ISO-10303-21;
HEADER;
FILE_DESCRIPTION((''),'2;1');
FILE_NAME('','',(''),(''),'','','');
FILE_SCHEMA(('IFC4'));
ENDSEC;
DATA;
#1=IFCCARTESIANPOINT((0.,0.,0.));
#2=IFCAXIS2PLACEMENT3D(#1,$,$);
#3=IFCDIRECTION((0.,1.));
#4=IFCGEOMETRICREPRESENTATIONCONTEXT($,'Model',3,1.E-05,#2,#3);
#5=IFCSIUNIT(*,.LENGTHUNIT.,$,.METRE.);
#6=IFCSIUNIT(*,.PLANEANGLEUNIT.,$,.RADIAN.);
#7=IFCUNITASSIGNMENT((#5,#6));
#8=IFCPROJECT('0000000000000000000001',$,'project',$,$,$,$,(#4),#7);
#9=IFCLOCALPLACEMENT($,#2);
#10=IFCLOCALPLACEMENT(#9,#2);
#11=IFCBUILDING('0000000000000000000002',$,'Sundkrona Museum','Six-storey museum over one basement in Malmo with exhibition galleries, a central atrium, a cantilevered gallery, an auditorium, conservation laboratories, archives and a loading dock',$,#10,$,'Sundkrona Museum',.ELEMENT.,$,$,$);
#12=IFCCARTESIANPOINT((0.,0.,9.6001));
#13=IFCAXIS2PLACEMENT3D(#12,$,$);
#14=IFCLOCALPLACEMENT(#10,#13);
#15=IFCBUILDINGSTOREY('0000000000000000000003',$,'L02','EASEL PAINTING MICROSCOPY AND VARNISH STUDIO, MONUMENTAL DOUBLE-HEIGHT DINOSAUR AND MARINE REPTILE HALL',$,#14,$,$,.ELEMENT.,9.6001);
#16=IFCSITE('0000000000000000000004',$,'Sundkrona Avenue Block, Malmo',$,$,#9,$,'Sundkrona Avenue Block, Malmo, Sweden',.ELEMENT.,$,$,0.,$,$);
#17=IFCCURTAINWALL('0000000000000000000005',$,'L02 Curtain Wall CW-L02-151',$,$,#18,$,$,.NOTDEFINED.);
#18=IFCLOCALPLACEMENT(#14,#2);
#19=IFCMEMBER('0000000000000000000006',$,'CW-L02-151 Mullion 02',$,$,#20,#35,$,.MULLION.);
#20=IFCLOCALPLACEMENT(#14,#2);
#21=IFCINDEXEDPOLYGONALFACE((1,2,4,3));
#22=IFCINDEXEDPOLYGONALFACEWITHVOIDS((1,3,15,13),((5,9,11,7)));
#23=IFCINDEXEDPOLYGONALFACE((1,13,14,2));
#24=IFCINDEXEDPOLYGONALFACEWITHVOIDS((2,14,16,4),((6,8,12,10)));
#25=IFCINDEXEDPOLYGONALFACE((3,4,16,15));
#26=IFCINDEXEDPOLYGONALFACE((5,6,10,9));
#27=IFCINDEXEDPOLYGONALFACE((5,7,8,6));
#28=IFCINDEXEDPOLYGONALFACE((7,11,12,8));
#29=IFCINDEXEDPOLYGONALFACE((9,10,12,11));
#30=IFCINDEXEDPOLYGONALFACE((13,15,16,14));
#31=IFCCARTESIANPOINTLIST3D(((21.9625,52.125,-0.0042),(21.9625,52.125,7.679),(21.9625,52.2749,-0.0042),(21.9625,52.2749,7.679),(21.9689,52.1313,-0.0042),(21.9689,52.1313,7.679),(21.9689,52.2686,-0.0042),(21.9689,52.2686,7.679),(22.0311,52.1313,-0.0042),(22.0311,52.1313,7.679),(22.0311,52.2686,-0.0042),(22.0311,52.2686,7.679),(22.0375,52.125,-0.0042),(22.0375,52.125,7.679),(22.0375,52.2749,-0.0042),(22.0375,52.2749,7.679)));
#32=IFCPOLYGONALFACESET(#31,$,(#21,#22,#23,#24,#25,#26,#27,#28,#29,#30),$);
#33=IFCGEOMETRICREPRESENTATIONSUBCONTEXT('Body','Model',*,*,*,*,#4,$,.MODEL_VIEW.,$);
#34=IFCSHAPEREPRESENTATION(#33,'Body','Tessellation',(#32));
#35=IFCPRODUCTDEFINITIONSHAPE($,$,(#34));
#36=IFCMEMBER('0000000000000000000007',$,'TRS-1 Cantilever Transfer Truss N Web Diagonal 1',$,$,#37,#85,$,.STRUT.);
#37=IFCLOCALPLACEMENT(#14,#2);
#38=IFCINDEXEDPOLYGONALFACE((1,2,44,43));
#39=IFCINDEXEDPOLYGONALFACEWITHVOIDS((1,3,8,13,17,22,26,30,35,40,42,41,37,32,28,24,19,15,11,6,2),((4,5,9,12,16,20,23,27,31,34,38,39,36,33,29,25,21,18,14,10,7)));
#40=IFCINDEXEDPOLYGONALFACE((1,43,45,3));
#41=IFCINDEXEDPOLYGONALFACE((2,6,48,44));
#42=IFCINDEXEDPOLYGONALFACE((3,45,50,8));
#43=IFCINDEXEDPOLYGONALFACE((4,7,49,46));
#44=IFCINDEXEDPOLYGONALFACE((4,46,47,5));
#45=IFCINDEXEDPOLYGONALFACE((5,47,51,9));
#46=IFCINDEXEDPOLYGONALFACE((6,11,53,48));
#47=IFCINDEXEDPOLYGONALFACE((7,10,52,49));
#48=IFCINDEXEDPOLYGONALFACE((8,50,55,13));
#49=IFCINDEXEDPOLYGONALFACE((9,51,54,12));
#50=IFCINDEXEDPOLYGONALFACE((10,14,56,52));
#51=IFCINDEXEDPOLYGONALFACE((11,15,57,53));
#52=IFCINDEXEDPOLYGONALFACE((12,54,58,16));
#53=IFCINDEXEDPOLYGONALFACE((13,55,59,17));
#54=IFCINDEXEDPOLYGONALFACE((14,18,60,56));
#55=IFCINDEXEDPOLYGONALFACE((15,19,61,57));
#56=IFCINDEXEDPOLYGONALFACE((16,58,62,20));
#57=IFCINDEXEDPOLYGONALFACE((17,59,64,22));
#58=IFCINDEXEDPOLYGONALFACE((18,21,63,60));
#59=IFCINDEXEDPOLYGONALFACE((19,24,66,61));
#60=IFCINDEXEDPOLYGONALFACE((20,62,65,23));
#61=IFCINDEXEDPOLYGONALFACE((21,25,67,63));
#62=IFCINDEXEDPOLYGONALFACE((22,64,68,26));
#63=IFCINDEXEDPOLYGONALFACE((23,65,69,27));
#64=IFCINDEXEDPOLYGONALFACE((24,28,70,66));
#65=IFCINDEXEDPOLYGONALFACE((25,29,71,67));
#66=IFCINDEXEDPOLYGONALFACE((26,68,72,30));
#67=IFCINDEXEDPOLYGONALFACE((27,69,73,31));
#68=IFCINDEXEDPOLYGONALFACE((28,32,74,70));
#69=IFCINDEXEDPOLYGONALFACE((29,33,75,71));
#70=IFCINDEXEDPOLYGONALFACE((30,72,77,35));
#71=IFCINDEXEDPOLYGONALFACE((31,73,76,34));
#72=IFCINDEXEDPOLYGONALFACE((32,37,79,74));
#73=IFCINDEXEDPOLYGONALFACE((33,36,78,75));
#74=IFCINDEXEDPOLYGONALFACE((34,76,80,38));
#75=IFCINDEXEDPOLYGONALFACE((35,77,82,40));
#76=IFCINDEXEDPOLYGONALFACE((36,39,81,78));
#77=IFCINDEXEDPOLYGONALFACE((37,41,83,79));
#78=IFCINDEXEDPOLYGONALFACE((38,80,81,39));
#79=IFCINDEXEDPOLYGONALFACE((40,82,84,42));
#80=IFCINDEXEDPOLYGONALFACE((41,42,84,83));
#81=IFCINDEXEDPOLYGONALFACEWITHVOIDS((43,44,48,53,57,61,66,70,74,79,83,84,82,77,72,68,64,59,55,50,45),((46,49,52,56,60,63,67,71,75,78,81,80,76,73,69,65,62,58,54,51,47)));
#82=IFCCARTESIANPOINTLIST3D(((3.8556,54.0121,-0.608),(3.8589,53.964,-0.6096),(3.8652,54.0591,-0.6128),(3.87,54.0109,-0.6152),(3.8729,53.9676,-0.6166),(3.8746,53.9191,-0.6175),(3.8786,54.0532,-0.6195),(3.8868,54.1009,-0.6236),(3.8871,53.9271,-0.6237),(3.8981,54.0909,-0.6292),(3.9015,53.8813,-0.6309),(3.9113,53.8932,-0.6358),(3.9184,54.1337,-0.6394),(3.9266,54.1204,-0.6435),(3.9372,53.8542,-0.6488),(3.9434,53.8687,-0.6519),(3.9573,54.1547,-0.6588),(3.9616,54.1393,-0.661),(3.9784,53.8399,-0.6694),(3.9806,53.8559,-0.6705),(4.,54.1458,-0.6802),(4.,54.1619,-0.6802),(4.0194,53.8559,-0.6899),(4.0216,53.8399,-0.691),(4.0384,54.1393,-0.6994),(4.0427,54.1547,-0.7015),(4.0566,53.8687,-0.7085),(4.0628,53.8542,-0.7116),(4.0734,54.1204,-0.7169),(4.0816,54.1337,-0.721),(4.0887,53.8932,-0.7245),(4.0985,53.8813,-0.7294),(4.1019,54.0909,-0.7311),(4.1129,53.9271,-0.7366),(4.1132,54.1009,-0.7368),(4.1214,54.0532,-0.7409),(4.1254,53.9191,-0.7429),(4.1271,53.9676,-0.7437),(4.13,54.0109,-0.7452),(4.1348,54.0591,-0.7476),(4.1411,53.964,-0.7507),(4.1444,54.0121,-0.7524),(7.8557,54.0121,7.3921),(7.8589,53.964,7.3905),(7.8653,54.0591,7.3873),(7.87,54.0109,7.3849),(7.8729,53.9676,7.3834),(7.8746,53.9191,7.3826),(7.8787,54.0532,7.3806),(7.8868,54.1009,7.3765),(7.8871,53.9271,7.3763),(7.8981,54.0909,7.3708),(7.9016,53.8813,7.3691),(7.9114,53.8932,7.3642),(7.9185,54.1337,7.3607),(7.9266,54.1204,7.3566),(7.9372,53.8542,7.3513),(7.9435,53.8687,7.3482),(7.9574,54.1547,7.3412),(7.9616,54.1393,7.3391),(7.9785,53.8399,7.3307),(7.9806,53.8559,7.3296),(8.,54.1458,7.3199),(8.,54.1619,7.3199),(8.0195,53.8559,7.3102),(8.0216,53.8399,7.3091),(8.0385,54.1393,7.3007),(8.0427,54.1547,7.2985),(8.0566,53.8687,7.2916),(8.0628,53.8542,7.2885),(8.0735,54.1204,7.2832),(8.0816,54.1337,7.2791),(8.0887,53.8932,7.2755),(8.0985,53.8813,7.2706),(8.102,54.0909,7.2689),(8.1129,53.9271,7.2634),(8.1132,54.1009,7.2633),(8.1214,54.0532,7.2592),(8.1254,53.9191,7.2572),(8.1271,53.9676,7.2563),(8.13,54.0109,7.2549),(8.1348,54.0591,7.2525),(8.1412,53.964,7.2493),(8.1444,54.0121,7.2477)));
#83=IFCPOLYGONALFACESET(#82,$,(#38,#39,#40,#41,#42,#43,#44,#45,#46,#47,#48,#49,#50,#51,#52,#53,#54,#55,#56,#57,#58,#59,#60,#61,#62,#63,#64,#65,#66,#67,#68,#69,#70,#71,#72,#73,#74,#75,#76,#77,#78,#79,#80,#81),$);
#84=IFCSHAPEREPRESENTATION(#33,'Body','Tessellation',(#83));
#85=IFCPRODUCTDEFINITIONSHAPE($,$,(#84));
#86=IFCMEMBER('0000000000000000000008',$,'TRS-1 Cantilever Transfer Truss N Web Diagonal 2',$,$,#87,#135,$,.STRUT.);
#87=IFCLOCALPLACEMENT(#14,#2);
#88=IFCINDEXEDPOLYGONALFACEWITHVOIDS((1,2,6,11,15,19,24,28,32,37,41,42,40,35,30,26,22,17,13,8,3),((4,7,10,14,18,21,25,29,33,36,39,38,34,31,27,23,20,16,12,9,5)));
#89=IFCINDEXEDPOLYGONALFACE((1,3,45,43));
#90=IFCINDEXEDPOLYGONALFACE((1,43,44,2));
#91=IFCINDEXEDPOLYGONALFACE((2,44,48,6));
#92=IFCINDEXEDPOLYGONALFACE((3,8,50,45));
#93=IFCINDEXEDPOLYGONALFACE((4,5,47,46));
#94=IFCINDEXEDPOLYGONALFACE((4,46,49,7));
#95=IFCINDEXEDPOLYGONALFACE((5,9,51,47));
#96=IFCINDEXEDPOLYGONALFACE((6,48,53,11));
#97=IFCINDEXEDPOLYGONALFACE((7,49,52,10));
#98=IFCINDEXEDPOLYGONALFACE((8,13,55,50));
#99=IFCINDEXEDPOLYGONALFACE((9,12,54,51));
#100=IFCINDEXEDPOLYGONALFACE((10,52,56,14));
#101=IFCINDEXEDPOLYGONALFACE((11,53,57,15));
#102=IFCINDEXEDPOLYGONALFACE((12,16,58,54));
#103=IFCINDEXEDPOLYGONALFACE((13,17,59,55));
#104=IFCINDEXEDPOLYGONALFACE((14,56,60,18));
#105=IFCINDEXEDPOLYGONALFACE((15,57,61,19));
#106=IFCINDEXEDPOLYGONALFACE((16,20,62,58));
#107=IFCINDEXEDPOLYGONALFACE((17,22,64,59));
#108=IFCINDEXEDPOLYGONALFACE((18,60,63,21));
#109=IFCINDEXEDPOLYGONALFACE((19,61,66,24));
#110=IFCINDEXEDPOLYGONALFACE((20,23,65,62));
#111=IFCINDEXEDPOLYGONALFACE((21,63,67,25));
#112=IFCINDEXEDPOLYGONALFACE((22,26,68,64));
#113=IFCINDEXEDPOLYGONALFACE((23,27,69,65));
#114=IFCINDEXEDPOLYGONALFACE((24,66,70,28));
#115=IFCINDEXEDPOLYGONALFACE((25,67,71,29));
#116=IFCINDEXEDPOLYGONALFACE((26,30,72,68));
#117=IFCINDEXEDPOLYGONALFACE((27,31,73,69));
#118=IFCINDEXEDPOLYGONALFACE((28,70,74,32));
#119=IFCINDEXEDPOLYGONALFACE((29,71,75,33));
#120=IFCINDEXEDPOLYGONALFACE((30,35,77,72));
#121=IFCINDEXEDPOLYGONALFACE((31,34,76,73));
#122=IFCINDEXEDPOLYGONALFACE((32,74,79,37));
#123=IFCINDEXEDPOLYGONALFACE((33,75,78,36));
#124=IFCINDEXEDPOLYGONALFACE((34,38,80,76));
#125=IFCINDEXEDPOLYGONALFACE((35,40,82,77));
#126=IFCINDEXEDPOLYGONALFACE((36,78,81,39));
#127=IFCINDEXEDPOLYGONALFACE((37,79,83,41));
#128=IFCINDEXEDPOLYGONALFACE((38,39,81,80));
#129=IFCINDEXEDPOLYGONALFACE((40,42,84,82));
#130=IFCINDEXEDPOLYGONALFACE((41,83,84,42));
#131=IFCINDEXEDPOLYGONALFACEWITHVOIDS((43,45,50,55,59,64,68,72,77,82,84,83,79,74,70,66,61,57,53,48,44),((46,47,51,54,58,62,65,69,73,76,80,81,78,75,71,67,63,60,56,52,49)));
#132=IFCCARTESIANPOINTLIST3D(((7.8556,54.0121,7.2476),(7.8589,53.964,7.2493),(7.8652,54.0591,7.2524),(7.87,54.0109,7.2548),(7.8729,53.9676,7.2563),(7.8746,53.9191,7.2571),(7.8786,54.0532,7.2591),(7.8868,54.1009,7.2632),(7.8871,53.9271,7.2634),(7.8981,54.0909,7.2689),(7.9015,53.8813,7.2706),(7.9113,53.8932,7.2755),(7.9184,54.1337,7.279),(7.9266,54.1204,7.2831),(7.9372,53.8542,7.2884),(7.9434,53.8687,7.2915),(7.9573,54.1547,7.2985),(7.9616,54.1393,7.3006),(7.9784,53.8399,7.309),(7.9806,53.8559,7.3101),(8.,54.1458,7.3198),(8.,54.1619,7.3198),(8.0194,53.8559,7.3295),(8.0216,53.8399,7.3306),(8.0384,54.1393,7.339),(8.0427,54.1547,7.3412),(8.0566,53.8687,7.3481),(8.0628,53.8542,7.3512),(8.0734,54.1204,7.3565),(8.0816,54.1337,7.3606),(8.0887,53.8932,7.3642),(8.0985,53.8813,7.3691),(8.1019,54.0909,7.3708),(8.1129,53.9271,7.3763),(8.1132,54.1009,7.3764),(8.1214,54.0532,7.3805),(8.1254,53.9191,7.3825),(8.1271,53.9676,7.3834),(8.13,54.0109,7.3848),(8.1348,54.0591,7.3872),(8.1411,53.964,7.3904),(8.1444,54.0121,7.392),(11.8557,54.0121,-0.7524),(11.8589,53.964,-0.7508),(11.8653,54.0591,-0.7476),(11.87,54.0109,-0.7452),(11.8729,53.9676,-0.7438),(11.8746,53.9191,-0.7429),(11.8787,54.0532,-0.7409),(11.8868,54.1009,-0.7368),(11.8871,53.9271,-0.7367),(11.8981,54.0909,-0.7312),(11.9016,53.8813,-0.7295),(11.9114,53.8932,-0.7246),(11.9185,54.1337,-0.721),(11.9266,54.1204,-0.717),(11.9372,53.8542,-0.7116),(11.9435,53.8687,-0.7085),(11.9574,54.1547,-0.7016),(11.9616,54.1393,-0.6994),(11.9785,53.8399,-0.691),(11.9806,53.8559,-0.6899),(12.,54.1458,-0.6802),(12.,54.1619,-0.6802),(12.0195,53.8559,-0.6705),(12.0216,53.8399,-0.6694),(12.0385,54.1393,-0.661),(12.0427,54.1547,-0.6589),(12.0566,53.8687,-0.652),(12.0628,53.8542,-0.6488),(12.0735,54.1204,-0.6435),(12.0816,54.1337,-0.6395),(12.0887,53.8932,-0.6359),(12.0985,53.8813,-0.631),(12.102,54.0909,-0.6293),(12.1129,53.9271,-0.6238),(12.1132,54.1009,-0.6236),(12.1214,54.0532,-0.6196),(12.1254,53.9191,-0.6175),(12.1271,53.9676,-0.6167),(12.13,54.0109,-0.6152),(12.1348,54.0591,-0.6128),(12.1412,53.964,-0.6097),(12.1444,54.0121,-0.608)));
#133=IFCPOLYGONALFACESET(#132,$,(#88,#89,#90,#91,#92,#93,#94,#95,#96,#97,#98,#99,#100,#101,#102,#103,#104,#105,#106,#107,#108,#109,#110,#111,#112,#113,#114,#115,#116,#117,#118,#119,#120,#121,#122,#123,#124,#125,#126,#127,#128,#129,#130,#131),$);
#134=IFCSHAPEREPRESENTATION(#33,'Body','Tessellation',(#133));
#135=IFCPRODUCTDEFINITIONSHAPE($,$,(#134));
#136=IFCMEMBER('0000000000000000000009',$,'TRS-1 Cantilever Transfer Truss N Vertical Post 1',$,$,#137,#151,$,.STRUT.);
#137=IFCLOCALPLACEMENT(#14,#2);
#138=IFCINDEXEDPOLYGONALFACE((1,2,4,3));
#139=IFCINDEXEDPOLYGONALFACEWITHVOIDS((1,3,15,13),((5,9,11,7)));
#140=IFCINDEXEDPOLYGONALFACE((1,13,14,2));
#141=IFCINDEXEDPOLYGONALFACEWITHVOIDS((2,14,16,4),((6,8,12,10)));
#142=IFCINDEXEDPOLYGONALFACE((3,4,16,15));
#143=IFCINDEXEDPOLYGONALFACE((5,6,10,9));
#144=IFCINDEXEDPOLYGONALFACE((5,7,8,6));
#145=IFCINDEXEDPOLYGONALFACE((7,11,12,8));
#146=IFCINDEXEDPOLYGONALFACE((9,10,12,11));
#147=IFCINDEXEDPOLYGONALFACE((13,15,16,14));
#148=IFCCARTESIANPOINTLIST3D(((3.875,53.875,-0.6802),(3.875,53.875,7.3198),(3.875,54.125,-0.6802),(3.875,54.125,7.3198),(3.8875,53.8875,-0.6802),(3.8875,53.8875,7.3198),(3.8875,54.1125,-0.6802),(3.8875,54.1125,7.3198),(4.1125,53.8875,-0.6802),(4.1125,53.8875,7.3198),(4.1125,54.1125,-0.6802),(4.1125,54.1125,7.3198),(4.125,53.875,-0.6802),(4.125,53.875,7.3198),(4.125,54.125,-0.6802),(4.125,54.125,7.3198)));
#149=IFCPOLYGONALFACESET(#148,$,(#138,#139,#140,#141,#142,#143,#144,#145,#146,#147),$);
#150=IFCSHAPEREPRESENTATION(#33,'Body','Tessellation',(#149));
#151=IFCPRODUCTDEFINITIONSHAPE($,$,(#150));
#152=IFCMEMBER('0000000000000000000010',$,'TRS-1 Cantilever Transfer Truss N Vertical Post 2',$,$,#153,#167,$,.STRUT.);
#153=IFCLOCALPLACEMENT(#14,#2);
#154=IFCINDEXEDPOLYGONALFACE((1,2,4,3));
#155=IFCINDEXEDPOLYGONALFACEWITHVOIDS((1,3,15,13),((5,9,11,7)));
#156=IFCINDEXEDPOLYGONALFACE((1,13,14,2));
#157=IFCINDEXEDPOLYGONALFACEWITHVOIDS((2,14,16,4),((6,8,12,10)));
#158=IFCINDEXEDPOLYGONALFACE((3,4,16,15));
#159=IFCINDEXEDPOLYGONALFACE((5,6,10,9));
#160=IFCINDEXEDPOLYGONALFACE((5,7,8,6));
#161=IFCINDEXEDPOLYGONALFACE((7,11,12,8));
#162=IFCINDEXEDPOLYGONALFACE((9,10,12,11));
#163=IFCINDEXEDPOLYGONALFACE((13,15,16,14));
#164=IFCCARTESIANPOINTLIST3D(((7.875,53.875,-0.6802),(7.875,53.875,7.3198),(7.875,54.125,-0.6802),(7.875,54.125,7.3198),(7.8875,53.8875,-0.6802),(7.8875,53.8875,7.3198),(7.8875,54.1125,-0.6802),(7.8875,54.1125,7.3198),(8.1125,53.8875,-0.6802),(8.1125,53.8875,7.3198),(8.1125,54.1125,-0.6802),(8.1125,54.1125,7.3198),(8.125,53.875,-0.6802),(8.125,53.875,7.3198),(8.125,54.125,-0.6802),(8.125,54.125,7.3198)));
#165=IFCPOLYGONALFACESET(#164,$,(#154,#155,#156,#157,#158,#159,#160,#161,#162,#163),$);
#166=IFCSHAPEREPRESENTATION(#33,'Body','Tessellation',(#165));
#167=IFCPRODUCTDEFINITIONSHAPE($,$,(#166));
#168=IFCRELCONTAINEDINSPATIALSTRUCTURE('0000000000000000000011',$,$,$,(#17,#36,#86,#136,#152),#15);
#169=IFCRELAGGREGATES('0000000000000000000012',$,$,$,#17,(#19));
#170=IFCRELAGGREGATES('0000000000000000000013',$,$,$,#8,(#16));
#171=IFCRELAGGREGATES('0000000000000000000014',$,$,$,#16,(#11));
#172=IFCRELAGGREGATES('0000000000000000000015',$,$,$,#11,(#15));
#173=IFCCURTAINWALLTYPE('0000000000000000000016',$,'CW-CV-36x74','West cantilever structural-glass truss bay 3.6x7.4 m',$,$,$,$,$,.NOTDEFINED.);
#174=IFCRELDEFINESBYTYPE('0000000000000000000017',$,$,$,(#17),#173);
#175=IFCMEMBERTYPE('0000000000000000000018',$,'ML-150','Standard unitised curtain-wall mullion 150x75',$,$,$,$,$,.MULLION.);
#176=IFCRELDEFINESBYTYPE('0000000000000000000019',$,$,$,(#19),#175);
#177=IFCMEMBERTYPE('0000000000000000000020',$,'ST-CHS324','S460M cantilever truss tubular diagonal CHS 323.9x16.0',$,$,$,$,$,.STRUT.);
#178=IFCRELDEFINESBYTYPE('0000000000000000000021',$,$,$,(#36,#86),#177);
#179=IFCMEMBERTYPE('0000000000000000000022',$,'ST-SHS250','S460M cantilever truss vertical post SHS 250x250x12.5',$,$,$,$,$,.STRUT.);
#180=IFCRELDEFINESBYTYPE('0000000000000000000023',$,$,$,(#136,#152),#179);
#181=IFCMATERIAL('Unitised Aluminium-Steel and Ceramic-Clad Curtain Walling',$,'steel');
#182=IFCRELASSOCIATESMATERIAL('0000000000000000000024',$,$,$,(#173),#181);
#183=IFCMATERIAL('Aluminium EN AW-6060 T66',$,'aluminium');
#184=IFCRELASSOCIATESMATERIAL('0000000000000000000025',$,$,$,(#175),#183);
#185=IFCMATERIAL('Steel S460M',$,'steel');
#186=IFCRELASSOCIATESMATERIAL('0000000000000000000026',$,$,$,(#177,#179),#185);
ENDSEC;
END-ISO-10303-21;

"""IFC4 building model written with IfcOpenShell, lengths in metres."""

from ifc_helpers import new_model, si_unit, direction, frame, origin, origin_2d, place, context, subcontext, project, spatial, hollow_rectangle, hollow_circle, extrude, material, material_profile, profile_set, type_object, element, aggregate, save


model = new_model("IFC4")

# Units and contexts
model_context = context("Model", 3, precision=1e-05, world=origin(), true_north=direction((0.0, 1.0)))
body_context = subcontext(model_context, "Body", "Model", "MODEL_VIEW")
ifc_project = project(units=[si_unit("LENGTHUNIT", "METRE"), si_unit("PLANEANGLEUNIT", "RADIAN")], contexts=[model_context])

# Site, building, storey
site_placement = place(None, origin())
site = spatial("IfcSite", under=ifc_project, at=site_placement, Name="Sundkrona Avenue Block, Malmo", LongName="Sundkrona Avenue Block, Malmo, Sweden", CompositionType="ELEMENT", RefElevation=0.0)
building_placement = place(site_placement, origin())
building = spatial("IfcBuilding", under=site, at=building_placement, Name="Sundkrona Museum", Description="Six-storey museum over one basement in Malmo with exhibition galleries, a central atrium, a cantilevered gallery, an auditorium, conservation laboratories, archives and a loading dock", LongName="Sundkrona Museum", CompositionType="ELEMENT")
storey_placement = place(building_placement, frame((0.0, 0.0, 9.6001)))
storey = spatial("IfcBuildingStorey", under=building, at=storey_placement, Name="L02", Description="EASEL PAINTING MICROSCOPY AND VARNISH STUDIO, MONUMENTAL DOUBLE-HEIGHT DINOSAUR AND MARINE REPTILE HALL", CompositionType="ELEMENT", Elevation=9.6001)

# Curtain wall, member
ifc_material_1 = material(Name="Unitised Aluminium-Steel and Ceramic-Clad Curtain Walling", Category="steel")
curtain_wall_type = type_object("IfcCurtainWallType", Name="CW-CV-36x74", Description="West cantilever structural-glass truss bay 3.6x7.4 m", PredefinedType="NOTDEFINED", material=ifc_material_1)
curtain_wall_placement = place(storey_placement, origin())
curtain_wall = element("IfcCurtainWall", 1, at=curtain_wall_placement, inside=storey, type_object=curtain_wall_type, Name="L02 Curtain Wall CW-L02-151", PredefinedType="NOTDEFINED")
ifc_material_2 = material(Name="Aluminium EN AW-6060 T66", Category="aluminium")
ifc_material_profile_1 = material_profile(ifc_material_2, hollow_rectangle(XDim=0.075, YDim=0.1499, WallThickness=0.0063, at=origin_2d()), Name="RHS 150x75x6.3")
ifc_profile_set_1 = profile_set([ifc_material_profile_1], Name="Aluminium EN AW-6060 T66")
member_type_1 = type_object("IfcMemberType", Name="ML-150", Description="Standard unitised curtain-wall mullion 150x75", PredefinedType="MULLION", material=ifc_profile_set_1)
member_1_placement = place(storey_placement, frame((22.0, 52.2, -0.0042), z_axis=(0.0, 0.0, 1.0), x_axis=(1.0, 0.0, 0.0)))
member_1 = element("IfcMember", 2, at=member_1_placement, type_object=member_type_1, Name="CW-L02-151 Mullion 02", PredefinedType="MULLION", context=body_context, shape_type="SweptSolid", body=[
    extrude(hollow_rectangle(XDim=0.075, YDim=0.1499, WallThickness=0.0063, at=origin_2d()), origin(), (0.0, 0.0, 1.0), 7.6831),
])

# Members
ifc_material_3 = material(Name="Steel S460M", Category="steel")
ifc_material_profile_2 = material_profile(ifc_material_3, hollow_circle(Radius=0.1619, WallThickness=0.0161, at=origin_2d()), Name="CHS 323.9x16.0")
ifc_profile_set_2 = profile_set([ifc_material_profile_2], Name="Steel S460M")
member_type_2 = type_object("IfcMemberType", Name="ST-CHS324", Description="S460M cantilever truss tubular diagonal CHS 323.9x16.0", PredefinedType="STRUT", material=ifc_profile_set_2)
for number, where, z_axis, x_axis, name in (
    (3, (4.0, 54.0, -0.6802), (0.447214, 0.0, 0.894427), (0.0, 1.0, 0.0), "TRS-1 Cantilever Transfer Truss N Web Diagonal 1"),
    (4, (8.0, 54.0, 7.3198), (0.447214, 0.0, -0.894427), (0.0, 1.0, 0.0), "TRS-1 Cantilever Transfer Truss N Web Diagonal 2"),
):
    element("IfcMember", number, at=place(storey_placement, frame(where, z_axis=z_axis, x_axis=x_axis)), inside=storey, type_object=member_type_2, Name=name, PredefinedType="STRUT", context=body_context, shape_type="SweptSolid", body=[
        extrude(hollow_circle(Radius=0.1619, WallThickness=0.0161, at=origin_2d()), origin(), (0.0, 0.0, 1.0), 8.9443),
    ])
ifc_material_profile_3 = material_profile(ifc_material_3, hollow_rectangle(XDim=0.25, YDim=0.25, WallThickness=0.0125, at=origin_2d()), Name="SHS 250x250x12.5")
ifc_profile_set_3 = profile_set([ifc_material_profile_3], Name="Steel S460M")
member_type_3 = type_object("IfcMemberType", Name="ST-SHS250", Description="S460M cantilever truss vertical post SHS 250x250x12.5", PredefinedType="STRUT", material=ifc_profile_set_3)
for number, where, z_axis, x_axis, name in (
    (5, (4.0, 54.0, -0.6802), (0.0, 0.0, 1.0), (1.0, 0.0, 0.0), "TRS-1 Cantilever Transfer Truss N Vertical Post 1"),
    (6, (8.0, 54.0, -0.6802), (0.0, 0.0, 1.0), (1.0, 0.0, 0.0), "TRS-1 Cantilever Transfer Truss N Vertical Post 2"),
):
    element("IfcMember", number, at=place(storey_placement, frame(where, z_axis=z_axis, x_axis=x_axis)), inside=storey, type_object=member_type_3, Name=name, PredefinedType="STRUT", context=body_context, shape_type="SweptSolid", body=[
        extrude(hollow_rectangle(XDim=0.25, YDim=0.25, WallThickness=0.0125, at=origin_2d()), origin(), (0.0, 0.0, 1.0), 8.0),
    ])

aggregate(curtain_wall, [member_1])

save(model, "model.ifc")
